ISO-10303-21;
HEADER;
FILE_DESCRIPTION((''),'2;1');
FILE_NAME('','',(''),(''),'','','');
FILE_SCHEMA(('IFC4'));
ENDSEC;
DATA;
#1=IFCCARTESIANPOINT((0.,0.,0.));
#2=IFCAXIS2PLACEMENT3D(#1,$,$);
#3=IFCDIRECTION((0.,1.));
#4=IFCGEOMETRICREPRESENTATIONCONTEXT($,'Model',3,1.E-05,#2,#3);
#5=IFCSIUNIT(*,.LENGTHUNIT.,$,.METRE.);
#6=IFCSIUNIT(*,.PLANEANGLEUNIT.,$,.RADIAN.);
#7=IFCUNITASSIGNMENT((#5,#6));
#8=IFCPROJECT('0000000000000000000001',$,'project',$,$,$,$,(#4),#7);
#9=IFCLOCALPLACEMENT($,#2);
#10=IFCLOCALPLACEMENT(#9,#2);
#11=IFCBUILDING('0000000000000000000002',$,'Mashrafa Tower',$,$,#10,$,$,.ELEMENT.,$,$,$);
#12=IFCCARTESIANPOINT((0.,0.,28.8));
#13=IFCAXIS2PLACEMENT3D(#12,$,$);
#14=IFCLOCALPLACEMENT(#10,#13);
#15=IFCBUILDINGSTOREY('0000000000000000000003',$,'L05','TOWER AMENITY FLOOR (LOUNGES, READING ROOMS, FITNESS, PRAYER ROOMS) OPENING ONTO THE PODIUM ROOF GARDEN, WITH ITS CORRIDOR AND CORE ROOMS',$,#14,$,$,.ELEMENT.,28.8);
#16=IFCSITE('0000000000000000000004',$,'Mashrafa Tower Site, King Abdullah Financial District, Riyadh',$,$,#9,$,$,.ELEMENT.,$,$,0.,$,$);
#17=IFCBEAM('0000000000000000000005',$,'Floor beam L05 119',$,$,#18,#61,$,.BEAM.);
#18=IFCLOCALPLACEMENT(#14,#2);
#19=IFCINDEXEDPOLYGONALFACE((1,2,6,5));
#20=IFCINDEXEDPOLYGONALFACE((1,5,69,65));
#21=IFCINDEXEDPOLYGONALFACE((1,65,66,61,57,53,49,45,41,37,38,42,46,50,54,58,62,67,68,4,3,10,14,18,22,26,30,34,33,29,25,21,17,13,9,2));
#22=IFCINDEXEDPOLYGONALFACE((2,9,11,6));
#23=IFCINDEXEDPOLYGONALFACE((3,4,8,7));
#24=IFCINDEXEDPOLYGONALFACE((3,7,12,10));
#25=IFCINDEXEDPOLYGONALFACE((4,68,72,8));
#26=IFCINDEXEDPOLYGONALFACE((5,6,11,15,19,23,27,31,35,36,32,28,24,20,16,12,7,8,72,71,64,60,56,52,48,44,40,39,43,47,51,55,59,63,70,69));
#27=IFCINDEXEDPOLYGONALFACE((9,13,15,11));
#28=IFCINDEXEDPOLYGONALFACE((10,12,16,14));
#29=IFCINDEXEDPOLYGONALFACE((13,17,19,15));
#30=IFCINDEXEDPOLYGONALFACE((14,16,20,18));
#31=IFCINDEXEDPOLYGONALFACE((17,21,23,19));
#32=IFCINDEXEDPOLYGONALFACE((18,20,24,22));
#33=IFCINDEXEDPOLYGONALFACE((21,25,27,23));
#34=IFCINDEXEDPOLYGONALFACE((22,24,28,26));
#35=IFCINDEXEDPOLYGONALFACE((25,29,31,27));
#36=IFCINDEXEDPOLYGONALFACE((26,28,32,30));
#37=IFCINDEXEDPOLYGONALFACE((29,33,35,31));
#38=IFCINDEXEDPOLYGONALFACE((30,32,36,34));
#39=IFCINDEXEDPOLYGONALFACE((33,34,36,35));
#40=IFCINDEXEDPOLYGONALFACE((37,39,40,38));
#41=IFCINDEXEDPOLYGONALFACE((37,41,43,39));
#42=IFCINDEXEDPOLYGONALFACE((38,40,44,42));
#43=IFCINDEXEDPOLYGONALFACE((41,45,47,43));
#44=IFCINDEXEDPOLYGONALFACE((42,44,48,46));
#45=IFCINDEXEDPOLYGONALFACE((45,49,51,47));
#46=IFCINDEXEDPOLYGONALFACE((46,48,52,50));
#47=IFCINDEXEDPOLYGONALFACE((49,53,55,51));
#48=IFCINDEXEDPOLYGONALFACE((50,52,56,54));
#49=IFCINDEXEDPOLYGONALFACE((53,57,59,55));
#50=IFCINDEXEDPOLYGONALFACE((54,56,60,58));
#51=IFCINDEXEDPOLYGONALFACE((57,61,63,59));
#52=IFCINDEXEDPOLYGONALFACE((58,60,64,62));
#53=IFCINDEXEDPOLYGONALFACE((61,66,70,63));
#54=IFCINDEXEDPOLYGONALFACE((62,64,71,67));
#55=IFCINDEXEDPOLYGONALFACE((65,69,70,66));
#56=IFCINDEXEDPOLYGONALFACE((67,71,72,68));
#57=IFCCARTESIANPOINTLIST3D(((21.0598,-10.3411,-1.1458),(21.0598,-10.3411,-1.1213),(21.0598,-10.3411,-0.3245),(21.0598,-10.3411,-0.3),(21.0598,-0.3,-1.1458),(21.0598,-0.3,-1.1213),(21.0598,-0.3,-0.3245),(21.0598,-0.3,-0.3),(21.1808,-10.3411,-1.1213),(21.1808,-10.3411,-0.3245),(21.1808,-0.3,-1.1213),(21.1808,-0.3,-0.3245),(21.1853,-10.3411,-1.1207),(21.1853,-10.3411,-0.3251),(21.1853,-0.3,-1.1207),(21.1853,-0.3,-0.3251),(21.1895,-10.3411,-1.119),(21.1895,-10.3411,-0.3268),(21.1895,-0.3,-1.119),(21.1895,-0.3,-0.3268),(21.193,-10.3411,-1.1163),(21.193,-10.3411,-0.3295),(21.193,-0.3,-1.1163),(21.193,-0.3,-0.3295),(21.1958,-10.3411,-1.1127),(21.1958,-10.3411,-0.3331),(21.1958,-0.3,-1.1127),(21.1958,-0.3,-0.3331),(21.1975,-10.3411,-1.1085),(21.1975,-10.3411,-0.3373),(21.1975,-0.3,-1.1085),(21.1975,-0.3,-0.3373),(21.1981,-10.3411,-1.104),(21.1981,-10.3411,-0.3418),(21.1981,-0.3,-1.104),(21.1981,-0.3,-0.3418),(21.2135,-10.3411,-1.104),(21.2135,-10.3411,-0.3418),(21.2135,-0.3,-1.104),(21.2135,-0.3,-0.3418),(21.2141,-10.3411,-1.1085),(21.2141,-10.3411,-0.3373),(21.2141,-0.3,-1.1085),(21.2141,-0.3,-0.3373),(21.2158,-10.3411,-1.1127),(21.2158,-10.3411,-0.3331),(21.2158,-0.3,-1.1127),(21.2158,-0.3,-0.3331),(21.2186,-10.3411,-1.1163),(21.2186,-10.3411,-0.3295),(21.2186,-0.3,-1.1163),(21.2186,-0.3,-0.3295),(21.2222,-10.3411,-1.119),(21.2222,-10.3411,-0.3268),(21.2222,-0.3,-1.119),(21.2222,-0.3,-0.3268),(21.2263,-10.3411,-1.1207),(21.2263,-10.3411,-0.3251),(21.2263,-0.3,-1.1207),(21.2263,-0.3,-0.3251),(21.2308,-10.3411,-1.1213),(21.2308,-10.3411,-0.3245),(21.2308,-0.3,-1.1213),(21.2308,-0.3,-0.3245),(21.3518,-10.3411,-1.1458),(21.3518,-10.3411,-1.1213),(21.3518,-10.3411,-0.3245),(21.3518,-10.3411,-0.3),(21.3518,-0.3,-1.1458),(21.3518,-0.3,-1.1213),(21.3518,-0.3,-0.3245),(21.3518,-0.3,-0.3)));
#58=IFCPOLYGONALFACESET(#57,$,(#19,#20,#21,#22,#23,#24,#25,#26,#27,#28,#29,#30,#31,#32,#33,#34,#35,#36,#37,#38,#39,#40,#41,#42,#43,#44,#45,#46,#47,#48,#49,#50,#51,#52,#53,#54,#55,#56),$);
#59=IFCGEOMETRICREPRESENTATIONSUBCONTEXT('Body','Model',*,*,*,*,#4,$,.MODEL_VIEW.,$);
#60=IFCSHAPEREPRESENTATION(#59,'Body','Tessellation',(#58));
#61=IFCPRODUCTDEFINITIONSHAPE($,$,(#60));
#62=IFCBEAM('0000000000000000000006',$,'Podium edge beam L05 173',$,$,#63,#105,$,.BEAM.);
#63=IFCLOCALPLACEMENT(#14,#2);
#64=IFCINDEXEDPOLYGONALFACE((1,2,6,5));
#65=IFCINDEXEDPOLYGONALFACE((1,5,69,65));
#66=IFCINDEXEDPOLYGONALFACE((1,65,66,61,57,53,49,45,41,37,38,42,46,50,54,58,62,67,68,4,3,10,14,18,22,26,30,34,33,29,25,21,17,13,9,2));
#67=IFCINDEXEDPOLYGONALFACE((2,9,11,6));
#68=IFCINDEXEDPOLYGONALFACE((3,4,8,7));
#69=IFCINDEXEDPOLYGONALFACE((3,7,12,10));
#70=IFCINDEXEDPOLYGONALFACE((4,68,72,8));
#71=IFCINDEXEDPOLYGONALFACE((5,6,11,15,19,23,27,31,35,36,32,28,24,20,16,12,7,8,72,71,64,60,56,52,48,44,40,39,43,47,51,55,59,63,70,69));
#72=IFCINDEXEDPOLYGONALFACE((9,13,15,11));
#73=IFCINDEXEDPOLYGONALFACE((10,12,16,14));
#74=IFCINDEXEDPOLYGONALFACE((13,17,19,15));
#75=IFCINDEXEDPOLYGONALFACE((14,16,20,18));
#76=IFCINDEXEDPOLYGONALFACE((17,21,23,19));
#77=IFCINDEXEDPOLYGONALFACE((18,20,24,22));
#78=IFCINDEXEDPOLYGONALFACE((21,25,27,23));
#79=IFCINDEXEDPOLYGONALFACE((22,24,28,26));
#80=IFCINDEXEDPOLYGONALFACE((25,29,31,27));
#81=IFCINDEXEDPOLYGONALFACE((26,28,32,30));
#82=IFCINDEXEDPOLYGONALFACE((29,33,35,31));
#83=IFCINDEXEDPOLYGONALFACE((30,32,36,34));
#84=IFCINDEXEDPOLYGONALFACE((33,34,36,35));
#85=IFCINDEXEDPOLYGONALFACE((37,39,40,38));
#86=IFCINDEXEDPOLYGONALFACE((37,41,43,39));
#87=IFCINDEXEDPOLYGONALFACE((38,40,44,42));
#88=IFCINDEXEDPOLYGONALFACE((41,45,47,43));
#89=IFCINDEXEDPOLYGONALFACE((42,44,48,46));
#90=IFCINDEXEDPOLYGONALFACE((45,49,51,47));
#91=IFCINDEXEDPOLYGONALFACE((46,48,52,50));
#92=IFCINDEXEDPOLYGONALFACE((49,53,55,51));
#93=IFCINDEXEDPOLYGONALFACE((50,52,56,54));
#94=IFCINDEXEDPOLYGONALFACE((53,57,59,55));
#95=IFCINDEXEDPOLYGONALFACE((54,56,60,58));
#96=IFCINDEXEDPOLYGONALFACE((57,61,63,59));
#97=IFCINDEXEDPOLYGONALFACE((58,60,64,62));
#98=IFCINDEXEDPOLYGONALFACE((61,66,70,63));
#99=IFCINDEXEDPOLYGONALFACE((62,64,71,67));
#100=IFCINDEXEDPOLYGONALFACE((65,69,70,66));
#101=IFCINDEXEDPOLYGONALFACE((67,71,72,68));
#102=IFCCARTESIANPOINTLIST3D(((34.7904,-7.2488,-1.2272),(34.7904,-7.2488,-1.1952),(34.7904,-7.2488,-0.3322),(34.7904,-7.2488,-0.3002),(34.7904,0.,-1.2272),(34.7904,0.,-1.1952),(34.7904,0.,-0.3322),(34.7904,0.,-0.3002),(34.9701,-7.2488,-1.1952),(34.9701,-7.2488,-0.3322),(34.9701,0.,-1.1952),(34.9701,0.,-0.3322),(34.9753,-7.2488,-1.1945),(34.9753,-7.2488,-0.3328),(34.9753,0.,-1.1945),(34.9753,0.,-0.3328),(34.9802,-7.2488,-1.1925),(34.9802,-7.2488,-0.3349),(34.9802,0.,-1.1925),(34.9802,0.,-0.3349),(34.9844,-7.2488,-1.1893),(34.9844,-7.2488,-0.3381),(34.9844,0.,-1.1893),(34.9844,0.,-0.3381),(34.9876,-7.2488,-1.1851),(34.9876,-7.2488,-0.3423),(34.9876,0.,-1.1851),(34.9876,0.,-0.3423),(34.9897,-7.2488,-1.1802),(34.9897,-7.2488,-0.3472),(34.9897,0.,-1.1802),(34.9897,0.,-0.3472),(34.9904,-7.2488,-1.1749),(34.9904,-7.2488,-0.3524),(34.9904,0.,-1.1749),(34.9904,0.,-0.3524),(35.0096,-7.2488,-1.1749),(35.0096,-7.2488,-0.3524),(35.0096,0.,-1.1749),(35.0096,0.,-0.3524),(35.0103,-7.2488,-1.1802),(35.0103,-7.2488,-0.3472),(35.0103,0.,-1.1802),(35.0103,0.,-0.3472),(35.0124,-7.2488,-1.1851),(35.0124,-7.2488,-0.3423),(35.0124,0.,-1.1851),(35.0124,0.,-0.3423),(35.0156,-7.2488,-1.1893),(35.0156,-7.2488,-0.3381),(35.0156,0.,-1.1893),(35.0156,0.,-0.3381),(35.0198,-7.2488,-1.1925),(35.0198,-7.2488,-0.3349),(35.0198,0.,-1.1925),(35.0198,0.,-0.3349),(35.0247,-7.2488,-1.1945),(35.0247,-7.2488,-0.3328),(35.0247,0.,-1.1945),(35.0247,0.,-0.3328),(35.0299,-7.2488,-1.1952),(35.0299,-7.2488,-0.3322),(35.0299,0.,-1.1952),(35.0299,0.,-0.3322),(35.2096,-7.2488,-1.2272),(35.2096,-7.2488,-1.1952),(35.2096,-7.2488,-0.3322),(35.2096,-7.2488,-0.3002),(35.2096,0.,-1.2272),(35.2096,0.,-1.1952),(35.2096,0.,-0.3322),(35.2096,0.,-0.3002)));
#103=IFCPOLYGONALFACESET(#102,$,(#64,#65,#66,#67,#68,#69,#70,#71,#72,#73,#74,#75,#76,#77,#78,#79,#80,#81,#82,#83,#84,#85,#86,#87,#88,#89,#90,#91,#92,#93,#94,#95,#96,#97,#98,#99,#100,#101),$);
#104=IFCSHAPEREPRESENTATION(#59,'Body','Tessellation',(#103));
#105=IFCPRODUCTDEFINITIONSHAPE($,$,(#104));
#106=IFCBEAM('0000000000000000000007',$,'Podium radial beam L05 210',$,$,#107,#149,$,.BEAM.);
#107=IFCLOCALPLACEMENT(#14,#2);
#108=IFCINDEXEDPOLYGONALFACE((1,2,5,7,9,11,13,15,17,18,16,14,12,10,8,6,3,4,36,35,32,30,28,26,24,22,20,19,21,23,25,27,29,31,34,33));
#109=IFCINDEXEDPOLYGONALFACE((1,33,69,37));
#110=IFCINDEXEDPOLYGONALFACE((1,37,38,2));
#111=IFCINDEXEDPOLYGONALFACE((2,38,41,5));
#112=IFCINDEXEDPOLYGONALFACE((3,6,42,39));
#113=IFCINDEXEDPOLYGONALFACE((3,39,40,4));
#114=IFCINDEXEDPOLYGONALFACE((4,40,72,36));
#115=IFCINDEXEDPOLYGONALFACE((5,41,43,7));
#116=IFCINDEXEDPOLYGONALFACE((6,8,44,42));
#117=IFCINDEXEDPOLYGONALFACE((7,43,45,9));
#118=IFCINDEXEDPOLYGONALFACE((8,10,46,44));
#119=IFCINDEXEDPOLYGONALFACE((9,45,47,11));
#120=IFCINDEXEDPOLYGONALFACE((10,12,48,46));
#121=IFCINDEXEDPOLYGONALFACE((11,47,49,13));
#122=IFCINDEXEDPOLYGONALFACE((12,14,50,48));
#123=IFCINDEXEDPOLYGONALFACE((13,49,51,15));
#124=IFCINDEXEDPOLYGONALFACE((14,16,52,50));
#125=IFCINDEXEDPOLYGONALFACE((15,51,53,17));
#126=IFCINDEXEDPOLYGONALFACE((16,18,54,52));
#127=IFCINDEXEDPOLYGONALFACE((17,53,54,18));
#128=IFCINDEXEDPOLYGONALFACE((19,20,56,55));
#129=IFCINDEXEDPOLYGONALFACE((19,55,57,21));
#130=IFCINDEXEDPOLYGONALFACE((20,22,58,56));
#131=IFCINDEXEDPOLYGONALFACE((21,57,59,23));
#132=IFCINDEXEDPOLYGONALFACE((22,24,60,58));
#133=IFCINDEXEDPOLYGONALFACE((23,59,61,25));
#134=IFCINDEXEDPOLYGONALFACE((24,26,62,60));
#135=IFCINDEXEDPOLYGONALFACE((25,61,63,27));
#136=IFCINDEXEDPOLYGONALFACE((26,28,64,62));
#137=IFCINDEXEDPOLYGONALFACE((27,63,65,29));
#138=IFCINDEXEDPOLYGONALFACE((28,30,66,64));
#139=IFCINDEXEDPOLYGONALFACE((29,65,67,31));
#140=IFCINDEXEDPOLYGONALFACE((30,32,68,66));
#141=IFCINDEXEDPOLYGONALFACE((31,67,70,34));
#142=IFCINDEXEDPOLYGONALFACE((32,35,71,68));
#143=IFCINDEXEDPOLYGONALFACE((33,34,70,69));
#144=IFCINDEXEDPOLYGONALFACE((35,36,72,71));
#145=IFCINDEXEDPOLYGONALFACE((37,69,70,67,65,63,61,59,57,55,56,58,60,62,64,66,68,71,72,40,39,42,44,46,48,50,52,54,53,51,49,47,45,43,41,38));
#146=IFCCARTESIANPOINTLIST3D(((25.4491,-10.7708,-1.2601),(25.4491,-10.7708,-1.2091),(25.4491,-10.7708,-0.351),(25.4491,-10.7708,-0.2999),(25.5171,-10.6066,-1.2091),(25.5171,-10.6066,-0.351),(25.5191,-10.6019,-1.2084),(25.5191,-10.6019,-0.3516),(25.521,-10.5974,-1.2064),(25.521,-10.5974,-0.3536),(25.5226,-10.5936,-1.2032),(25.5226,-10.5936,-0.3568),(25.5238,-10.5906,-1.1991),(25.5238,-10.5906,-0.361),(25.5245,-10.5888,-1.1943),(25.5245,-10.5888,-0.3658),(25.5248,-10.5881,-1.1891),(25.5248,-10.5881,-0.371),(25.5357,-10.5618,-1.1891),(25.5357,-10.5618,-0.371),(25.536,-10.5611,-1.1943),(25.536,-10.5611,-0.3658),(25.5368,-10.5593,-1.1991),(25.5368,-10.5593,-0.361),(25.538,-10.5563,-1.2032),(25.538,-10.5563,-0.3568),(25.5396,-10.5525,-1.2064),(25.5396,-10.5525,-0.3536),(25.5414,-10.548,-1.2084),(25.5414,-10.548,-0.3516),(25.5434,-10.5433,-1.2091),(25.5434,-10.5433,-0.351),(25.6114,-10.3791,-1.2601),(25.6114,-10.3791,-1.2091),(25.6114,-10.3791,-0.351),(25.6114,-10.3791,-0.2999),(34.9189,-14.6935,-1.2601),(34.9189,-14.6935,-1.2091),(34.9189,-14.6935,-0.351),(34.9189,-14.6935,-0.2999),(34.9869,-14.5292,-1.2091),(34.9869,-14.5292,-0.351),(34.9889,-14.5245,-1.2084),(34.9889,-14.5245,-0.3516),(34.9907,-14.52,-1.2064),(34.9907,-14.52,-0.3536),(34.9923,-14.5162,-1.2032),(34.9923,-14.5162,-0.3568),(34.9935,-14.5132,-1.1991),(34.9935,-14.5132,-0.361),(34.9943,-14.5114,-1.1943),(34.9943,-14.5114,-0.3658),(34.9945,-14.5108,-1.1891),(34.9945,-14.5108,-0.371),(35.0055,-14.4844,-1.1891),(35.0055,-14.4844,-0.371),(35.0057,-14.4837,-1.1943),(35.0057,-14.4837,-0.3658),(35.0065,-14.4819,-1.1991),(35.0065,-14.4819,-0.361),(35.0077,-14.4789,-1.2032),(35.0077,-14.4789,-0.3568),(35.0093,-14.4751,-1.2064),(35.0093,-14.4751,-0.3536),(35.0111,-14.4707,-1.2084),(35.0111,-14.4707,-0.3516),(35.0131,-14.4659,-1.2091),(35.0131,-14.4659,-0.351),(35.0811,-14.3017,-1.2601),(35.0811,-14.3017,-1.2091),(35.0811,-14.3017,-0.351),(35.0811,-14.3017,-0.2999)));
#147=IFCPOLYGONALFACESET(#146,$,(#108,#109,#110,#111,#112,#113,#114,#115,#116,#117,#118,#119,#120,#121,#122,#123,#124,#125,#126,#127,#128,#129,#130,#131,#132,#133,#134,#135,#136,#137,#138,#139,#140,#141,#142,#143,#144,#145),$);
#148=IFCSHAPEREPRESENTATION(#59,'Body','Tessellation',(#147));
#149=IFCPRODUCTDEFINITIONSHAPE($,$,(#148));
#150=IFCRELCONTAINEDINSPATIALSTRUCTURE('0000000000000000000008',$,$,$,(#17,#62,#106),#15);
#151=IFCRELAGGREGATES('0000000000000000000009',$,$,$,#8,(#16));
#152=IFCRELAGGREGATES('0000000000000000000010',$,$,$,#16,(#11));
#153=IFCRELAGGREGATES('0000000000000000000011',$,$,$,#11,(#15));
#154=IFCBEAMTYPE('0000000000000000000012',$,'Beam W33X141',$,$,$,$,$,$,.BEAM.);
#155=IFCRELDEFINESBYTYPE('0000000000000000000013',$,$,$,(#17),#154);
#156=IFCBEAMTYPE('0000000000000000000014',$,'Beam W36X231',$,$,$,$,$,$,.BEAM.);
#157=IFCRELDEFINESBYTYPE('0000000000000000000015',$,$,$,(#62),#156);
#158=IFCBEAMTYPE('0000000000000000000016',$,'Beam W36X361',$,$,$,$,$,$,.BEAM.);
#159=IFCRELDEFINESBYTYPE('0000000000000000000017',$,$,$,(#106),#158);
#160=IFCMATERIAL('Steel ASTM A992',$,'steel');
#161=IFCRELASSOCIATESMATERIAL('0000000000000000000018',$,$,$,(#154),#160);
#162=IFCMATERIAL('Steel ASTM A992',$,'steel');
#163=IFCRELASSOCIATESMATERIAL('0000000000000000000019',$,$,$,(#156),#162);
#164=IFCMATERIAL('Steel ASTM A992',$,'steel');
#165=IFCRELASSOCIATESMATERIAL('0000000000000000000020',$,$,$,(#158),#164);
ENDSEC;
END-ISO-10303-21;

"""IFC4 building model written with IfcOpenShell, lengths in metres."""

from ifc_helpers import new_model, si_unit, direction, frame, origin, origin_2d, place, context, subcontext, project, spatial, i_section, extrude, material, material_profile, profile_set, type_object, element, save


model = new_model("IFC4")

# Units and contexts
model_context = context("Model", 3, precision=1e-05, world=origin(), true_north=direction((0.0, 1.0)))
body_context = subcontext(model_context, "Body", "Model", "MODEL_VIEW")
ifc_project = project(units=[si_unit("LENGTHUNIT", "METRE"), si_unit("PLANEANGLEUNIT", "RADIAN")], contexts=[model_context])

# Site, building, storey
site_placement = place(None, origin())
site = spatial("IfcSite", under=ifc_project, at=site_placement, Name="Mashrafa Tower Site, King Abdullah Financial District, Riyadh", CompositionType="ELEMENT", RefElevation=0.0)
building_placement = place(site_placement, origin())
building = spatial("IfcBuilding", under=site, at=building_placement, Name="Mashrafa Tower", CompositionType="ELEMENT")
storey_placement = place(building_placement, frame((0.0, 0.0, 28.8)))
storey = spatial("IfcBuildingStorey", under=building, at=storey_placement, Name="L05", Description="TOWER AMENITY FLOOR (LOUNGES, READING ROOMS, FITNESS, PRAYER ROOMS) OPENING ONTO THE PODIUM ROOF GARDEN, WITH ITS CORRIDOR AND CORE ROOMS", CompositionType="ELEMENT", Elevation=28.8)

# Beams
ifc_material_1 = material(Name="Steel ASTM A992", Category="steel")
ifc_material_profile_1 = material_profile(ifc_material_1, i_section(OverallWidth=0.292, OverallDepth=0.8457, WebThickness=0.0154, FlangeThickness=0.0244, FilletRadius=0.0173, at=origin_2d()), Name="W33X141")
ifc_profile_set_1 = profile_set([ifc_material_profile_1], Name="Steel ASTM A992")
beam_type_1 = type_object("IfcBeamType", Name="Beam W33X141", PredefinedType="BEAM", material=ifc_profile_set_1)
beam_1_placement = place(storey_placement, frame((21.2058, -0.3, -0.7229), z_axis=(0.0, -1.0, 0.0), x_axis=(1.0, 0.0, 0.0)))
element("IfcBeam", 1, at=beam_1_placement, inside=storey, type_object=beam_type_1, Name="Floor beam L05 119", PredefinedType="BEAM", context=body_context, shape_type="SweptSolid", body=[
    extrude(i_section(OverallWidth=0.292, OverallDepth=0.8457, WebThickness=0.0154, FlangeThickness=0.0244, FilletRadius=0.0173, at=origin_2d()), origin(), (0.0, 0.0, 1.0), 10.041),
])
ifc_material_2 = material(Name="Steel ASTM A992", Category="steel")
ifc_material_profile_2 = material_profile(ifc_material_2, i_section(OverallWidth=0.4192, OverallDepth=0.927, WebThickness=0.0193, FlangeThickness=0.032, FilletRadius=0.0203, at=origin_2d()), Name="W36X231")
ifc_profile_set_2 = profile_set([ifc_material_profile_2], Name="Steel ASTM A992")
beam_type_2 = type_object("IfcBeamType", Name="Beam W36X231", PredefinedType="BEAM", material=ifc_profile_set_2)
beam_2_placement = place(storey_placement, frame((35.0, -7.2488, -0.7637), z_axis=(0.0, 1.0, 0.0), x_axis=(-1.0, 0.0, 0.0)))
element("IfcBeam", 2, at=beam_2_placement, inside=storey, type_object=beam_type_2, Name="Podium edge beam L05 173", PredefinedType="BEAM", context=body_context, shape_type="SweptSolid", body=[
    extrude(i_section(OverallWidth=0.4192, OverallDepth=0.927, WebThickness=0.0193, FlangeThickness=0.032, FilletRadius=0.0203, at=origin_2d()), origin(), (0.0, 0.0, 1.0), 7.2488),
])
ifc_material_3 = material(Name="Steel ASTM A992", Category="steel")
ifc_material_profile_3 = material_profile(ifc_material_3, i_section(OverallWidth=0.4241, OverallDepth=0.9602, WebThickness=0.0286, FlangeThickness=0.051, FilletRadius=0.02, at=origin_2d()), Name="W36X361")
ifc_profile_set_3 = profile_set([ifc_material_profile_3], Name="Steel ASTM A992")
beam_type_3 = type_object("IfcBeamType", Name="Beam W36X361", PredefinedType="BEAM", material=ifc_profile_set_3)
beam_3_placement = place(storey_placement, frame((25.5303, -10.575, -0.78), z_axis=(0.923875, -0.382693, 0.0), x_axis=(0.382693, 0.923875, 0.0)))
element("IfcBeam", 3, at=beam_3_placement, inside=storey, type_object=beam_type_3, Name="Podium radial beam L05 210", PredefinedType="BEAM", context=body_context, shape_type="SweptSolid", body=[
    extrude(i_section(OverallWidth=0.4241, OverallDepth=0.9602, WebThickness=0.0286, FlangeThickness=0.051, FilletRadius=0.02, at=origin_2d()), origin(), (0.0, 0.0, 1.0), 10.25),
])

save(model, "model.ifc")
